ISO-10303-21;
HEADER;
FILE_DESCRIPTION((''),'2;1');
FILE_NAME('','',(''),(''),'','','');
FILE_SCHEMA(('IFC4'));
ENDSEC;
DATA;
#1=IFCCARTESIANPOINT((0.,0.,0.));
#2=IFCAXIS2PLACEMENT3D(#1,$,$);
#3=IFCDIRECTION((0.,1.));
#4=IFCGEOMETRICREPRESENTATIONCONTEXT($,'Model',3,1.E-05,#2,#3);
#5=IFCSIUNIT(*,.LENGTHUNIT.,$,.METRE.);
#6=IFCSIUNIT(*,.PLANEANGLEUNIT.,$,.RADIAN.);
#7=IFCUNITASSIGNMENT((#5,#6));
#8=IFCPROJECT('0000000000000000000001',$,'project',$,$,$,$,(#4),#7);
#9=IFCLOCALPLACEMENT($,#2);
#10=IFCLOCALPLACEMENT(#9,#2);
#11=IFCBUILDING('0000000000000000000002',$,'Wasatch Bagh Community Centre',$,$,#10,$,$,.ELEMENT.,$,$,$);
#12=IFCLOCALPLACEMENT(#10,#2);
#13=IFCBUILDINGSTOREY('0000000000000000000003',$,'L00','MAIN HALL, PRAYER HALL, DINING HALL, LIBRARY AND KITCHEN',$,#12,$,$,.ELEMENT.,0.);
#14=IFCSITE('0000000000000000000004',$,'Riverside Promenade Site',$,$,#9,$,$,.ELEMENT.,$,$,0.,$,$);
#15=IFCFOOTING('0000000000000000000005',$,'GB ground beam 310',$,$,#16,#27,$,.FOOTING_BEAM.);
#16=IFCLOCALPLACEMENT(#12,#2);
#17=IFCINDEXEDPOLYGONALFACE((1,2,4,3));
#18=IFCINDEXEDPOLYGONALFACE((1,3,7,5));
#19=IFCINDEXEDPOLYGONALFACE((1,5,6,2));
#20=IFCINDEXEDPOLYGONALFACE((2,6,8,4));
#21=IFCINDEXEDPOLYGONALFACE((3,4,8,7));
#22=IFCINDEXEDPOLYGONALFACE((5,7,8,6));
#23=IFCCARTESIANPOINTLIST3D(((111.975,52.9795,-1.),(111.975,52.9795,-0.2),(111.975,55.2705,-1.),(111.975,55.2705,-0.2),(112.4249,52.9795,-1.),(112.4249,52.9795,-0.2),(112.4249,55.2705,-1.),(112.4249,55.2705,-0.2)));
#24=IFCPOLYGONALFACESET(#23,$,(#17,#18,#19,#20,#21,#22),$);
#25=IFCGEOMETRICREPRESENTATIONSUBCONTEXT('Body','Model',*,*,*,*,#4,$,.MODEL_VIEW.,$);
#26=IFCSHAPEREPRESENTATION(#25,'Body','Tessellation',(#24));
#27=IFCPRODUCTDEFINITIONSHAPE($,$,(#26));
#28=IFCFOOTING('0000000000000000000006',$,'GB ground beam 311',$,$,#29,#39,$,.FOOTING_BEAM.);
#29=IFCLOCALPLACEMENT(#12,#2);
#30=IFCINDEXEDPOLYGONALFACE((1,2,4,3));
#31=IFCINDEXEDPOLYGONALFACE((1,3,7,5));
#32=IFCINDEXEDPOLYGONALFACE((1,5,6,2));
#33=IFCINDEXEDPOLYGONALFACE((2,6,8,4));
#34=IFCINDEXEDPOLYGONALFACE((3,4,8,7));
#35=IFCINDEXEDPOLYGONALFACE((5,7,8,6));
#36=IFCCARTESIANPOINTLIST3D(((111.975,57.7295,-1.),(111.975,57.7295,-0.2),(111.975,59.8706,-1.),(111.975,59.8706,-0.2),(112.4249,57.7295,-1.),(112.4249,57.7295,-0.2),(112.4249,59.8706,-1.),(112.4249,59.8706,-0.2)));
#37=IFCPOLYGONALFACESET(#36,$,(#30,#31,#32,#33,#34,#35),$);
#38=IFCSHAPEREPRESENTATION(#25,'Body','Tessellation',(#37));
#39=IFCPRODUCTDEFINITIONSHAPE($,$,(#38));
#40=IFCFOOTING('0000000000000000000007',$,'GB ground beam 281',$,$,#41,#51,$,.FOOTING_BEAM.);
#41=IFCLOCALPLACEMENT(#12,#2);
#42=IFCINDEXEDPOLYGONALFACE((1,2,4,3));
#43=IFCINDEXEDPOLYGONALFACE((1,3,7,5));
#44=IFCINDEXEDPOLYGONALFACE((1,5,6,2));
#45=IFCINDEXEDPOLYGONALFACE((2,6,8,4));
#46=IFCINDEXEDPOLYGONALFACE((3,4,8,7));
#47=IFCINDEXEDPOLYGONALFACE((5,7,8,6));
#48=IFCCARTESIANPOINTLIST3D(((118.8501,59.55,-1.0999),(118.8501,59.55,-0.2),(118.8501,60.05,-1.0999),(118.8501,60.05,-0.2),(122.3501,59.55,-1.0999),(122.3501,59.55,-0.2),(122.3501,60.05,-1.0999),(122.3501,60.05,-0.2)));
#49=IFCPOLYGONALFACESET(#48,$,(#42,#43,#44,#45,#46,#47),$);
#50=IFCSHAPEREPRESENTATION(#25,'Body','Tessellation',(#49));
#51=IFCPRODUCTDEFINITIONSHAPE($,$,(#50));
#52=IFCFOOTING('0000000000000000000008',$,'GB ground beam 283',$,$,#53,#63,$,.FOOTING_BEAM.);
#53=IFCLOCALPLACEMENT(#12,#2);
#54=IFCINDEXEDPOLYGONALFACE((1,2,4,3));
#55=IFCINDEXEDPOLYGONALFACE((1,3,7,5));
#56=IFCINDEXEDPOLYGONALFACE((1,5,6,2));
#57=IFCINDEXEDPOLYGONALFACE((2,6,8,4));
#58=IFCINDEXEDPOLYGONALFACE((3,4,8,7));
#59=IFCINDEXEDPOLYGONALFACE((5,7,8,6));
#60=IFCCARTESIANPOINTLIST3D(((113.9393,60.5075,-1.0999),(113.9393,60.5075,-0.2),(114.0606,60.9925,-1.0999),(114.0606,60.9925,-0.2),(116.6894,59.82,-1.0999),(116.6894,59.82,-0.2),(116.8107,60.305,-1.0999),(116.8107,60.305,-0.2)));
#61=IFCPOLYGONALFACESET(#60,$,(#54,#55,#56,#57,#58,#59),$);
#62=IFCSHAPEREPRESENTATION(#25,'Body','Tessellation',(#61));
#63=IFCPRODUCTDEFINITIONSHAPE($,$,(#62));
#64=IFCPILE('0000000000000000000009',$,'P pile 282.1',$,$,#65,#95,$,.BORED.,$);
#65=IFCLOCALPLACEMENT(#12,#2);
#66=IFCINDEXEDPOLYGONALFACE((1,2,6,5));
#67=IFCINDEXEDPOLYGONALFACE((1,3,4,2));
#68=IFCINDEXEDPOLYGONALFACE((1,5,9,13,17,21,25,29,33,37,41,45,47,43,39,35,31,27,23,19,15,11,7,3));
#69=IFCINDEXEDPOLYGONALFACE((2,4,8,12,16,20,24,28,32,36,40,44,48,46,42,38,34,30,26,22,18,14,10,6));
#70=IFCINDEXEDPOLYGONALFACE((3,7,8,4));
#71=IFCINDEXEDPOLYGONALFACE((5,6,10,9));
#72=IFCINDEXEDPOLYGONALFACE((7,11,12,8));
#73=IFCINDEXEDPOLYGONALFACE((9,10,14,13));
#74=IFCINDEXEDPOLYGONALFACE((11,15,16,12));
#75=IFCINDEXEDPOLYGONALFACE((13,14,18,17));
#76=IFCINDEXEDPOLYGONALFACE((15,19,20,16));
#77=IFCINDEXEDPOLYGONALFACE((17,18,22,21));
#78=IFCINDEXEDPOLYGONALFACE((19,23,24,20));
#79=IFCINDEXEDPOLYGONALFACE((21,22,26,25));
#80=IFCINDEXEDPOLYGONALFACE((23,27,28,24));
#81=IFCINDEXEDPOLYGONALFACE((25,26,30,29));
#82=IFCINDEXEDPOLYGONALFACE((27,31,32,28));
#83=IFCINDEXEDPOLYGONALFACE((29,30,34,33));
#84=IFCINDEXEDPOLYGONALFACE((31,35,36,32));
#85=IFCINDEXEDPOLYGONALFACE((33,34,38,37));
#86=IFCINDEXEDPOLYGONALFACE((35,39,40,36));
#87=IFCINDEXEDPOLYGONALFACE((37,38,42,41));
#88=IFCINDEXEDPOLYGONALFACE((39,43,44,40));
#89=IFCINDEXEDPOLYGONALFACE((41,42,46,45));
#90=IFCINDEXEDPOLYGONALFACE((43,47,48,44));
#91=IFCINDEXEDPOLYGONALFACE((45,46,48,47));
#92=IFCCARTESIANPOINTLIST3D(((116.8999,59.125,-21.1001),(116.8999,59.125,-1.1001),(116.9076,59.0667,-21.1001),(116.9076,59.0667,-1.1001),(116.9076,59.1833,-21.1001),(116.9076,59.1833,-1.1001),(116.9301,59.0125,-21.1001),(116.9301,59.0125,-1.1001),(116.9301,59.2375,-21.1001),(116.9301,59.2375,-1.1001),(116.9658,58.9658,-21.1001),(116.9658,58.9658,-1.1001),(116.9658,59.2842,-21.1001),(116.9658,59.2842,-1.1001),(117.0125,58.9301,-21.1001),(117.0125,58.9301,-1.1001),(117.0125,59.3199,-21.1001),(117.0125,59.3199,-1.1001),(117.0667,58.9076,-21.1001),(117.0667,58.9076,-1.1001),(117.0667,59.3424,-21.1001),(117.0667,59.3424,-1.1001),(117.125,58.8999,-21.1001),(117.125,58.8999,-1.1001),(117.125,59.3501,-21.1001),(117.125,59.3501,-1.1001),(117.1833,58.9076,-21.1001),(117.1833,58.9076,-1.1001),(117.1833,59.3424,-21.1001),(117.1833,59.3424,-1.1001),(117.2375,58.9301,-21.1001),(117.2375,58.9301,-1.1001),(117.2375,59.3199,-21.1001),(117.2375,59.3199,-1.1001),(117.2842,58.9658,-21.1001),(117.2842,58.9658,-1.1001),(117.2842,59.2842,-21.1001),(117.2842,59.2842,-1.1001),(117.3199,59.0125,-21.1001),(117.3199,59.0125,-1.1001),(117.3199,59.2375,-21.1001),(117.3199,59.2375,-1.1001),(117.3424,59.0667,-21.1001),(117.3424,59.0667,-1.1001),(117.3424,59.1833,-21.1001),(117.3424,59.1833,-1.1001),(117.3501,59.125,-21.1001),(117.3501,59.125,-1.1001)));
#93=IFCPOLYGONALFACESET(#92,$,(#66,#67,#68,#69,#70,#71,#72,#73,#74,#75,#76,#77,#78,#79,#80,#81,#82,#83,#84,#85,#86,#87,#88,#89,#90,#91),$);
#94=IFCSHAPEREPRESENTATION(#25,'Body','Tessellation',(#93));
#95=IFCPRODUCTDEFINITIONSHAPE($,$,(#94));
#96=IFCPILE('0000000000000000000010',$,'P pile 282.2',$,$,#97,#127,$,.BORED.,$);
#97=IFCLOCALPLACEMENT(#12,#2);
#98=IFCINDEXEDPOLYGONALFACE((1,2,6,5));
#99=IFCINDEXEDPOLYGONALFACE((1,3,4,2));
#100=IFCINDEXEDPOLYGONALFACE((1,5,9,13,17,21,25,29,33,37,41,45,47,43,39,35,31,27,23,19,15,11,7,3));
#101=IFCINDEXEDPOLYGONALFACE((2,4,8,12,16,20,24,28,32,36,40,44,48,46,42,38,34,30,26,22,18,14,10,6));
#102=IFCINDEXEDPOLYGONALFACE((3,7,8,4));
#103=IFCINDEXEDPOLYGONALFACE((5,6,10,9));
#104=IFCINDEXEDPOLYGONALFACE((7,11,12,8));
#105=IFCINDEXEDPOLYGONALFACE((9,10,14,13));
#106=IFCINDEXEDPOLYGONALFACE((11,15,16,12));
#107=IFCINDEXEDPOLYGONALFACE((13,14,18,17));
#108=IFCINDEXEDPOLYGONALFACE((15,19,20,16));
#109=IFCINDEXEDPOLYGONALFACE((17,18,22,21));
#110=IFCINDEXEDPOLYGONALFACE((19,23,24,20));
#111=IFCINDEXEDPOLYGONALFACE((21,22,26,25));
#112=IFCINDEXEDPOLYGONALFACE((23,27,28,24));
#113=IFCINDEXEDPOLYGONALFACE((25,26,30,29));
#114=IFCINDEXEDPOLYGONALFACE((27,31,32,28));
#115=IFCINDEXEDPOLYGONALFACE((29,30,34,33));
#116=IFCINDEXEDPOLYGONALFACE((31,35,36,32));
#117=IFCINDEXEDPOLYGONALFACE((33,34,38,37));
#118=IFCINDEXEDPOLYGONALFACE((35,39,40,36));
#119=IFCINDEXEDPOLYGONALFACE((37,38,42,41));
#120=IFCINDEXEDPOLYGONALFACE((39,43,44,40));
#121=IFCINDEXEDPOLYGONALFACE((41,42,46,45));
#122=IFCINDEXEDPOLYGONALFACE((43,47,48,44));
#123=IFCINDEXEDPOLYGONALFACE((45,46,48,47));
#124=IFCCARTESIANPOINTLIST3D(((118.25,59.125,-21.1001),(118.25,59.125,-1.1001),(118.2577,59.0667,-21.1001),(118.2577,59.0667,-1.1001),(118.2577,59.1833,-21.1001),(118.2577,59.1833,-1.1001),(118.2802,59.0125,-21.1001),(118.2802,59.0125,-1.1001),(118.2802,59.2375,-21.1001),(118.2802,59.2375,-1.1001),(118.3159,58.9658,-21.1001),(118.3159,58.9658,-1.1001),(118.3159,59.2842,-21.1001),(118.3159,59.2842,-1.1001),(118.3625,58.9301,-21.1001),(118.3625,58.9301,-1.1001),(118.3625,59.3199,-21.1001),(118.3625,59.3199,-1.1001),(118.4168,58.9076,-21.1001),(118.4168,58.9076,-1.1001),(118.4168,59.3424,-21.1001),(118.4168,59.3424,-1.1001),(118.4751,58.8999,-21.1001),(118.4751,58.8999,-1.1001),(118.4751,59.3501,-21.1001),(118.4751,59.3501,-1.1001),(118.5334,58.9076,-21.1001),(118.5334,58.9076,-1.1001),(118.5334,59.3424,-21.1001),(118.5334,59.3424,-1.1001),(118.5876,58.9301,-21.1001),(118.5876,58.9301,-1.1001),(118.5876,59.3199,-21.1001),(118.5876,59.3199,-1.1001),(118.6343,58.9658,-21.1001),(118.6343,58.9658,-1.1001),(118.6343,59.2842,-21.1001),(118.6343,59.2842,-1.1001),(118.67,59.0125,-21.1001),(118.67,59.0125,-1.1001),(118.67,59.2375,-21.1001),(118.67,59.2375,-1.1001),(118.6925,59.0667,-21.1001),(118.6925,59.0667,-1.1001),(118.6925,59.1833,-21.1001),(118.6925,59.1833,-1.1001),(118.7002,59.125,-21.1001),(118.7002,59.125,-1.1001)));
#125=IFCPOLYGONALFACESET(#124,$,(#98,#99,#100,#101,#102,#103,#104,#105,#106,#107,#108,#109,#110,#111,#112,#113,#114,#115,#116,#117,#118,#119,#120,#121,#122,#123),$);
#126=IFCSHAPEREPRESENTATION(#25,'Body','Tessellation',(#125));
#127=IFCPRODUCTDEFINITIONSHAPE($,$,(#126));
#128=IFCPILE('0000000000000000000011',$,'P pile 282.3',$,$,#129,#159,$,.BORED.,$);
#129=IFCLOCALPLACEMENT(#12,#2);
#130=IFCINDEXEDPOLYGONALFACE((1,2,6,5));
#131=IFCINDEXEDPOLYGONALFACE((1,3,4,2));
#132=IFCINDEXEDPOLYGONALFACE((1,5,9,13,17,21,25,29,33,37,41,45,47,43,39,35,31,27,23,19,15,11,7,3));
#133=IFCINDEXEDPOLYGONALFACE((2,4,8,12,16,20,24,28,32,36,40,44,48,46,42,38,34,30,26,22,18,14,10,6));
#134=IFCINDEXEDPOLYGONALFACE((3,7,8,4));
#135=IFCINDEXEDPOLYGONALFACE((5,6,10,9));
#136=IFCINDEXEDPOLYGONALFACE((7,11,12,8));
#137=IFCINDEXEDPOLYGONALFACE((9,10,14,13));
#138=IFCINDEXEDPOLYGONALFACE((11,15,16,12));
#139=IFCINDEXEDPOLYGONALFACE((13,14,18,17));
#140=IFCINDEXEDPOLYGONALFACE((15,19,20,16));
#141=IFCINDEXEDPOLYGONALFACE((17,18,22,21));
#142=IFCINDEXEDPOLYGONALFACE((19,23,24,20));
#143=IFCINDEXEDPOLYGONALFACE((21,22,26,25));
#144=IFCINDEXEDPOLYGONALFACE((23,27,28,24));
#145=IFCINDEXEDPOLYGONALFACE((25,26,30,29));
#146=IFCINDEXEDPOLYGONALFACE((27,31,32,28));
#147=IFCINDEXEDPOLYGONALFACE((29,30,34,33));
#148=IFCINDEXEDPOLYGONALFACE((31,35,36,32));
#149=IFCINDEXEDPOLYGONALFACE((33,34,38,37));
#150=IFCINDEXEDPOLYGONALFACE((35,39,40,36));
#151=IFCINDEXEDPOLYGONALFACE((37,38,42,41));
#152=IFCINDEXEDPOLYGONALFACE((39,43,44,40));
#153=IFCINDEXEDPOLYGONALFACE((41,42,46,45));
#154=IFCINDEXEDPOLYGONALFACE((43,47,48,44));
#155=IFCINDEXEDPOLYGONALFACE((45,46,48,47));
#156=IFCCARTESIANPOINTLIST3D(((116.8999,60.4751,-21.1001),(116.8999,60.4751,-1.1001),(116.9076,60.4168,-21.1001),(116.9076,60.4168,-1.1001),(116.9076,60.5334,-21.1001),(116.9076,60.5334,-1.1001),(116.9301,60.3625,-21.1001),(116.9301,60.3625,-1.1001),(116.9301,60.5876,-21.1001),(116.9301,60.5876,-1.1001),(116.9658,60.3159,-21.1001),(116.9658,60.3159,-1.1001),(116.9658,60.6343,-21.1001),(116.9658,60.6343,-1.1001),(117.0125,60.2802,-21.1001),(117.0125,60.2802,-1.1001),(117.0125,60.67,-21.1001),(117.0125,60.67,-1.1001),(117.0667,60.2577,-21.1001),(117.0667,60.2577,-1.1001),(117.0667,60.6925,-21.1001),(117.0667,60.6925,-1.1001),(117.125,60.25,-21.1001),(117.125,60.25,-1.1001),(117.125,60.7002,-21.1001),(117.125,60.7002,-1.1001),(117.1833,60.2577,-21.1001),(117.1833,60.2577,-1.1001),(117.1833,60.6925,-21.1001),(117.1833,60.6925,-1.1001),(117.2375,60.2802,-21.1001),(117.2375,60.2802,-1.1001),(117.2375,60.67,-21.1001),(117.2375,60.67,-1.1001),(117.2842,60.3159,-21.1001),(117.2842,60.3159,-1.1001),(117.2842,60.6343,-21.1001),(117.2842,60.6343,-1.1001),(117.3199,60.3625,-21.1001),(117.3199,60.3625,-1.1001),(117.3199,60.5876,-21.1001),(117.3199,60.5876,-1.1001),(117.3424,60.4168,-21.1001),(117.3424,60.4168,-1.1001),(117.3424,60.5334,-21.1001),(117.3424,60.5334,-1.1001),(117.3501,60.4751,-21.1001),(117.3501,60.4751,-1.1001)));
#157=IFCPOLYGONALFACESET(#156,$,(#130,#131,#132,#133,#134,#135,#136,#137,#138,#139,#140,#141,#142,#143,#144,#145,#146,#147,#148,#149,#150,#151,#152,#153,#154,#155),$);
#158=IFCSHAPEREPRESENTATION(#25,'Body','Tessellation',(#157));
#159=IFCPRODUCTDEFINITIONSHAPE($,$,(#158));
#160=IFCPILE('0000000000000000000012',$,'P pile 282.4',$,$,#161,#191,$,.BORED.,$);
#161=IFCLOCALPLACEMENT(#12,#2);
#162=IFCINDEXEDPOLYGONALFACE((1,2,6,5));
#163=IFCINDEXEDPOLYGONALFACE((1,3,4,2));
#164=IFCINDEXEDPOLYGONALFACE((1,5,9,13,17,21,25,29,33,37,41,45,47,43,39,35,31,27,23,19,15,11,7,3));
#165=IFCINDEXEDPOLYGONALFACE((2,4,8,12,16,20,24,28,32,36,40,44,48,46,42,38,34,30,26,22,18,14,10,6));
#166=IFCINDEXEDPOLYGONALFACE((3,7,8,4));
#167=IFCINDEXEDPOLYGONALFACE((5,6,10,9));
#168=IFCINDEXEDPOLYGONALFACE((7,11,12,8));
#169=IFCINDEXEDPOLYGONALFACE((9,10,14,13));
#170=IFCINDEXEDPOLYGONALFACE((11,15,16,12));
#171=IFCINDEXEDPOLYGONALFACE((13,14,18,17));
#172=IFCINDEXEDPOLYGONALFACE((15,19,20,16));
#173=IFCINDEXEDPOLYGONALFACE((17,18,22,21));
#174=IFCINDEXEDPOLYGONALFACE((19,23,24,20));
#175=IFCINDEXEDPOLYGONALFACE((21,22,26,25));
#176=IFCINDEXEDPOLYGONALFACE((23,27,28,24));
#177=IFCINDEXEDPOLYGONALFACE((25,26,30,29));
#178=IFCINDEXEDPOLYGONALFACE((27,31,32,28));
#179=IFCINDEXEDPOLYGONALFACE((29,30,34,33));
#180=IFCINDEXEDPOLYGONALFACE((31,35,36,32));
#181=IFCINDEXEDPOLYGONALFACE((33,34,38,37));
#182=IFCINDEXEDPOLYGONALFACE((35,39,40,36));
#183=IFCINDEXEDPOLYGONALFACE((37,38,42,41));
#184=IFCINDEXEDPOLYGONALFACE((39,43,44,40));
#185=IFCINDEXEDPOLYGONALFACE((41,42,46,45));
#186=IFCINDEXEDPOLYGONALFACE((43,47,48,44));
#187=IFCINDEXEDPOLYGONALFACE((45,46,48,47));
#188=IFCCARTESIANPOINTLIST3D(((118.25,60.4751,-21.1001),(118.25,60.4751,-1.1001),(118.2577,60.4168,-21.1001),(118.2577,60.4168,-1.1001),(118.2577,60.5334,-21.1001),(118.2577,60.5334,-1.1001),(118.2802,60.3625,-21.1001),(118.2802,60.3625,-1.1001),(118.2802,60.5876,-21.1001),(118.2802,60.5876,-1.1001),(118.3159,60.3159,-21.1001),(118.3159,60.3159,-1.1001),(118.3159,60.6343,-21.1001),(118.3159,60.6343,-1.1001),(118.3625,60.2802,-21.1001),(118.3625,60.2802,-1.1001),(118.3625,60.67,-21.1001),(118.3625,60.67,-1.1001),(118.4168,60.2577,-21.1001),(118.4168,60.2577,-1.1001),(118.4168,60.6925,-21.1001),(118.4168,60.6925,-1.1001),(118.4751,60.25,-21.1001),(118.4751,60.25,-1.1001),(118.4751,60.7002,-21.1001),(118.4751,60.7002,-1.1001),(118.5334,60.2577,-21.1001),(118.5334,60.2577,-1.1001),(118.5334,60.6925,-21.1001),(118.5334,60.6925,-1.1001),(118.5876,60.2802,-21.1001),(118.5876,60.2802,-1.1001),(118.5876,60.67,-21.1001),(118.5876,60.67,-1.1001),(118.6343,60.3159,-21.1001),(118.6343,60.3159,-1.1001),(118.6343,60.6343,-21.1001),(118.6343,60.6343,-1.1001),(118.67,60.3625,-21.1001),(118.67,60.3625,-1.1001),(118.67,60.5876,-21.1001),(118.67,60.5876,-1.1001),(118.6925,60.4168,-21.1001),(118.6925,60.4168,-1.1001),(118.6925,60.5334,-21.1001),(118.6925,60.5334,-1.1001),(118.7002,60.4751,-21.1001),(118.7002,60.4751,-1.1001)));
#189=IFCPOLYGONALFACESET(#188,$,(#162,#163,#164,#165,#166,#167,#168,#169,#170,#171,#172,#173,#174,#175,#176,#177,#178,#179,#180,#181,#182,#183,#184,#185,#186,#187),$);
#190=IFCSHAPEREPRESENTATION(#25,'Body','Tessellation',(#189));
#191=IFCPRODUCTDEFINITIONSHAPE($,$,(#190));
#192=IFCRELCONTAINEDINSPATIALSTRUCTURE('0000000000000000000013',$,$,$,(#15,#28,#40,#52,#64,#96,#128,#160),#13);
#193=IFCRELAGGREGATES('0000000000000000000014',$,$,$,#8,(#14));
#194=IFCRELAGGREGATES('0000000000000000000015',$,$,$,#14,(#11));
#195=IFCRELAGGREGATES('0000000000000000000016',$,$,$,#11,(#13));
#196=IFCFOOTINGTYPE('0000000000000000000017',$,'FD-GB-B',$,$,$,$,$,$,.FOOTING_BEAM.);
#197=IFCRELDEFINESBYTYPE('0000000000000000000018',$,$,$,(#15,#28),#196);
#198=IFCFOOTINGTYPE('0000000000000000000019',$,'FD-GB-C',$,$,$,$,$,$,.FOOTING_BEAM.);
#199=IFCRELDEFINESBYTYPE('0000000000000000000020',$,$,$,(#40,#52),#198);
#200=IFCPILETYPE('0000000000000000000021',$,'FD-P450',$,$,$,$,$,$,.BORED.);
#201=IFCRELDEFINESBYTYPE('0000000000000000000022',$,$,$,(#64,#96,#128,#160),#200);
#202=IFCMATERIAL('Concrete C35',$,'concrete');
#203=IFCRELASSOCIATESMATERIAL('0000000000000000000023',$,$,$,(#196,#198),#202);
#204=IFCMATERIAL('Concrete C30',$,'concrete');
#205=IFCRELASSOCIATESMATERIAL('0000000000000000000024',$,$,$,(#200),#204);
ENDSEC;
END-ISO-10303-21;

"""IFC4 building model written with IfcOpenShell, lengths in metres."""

from ifc_helpers import new_model, si_unit, direction, frame, origin, origin_2d, place, context, subcontext, project, spatial, rectangle, circle, extrude, material, material_profile, profile_set, type_object, element, save


model = new_model("IFC4")

# Units and contexts
model_context = context("Model", 3, precision=1e-05, world=origin(), true_north=direction((0.0, 1.0)))
body_context = subcontext(model_context, "Body", "Model", "MODEL_VIEW")
ifc_project = project(units=[si_unit("LENGTHUNIT", "METRE"), si_unit("PLANEANGLEUNIT", "RADIAN")], contexts=[model_context])

# Site, building, storey
site_placement = place(None, origin())
site = spatial("IfcSite", under=ifc_project, at=site_placement, Name="Riverside Promenade Site", CompositionType="ELEMENT", RefElevation=0.0)
building_placement = place(site_placement, origin())
building = spatial("IfcBuilding", under=site, at=building_placement, Name="Wasatch Bagh Community Centre", CompositionType="ELEMENT")
storey_placement = place(building_placement, origin())
storey = spatial("IfcBuildingStorey", under=building, at=storey_placement, Name="L00", Description="MAIN HALL, PRAYER HALL, DINING HALL, LIBRARY AND KITCHEN", CompositionType="ELEMENT", Elevation=0.0)

# Footings
ifc_material_1 = material(Name="Concrete C35", Category="concrete")
footing_type_1 = type_object("IfcFootingType", Name="FD-GB-B", PredefinedType="FOOTING_BEAM", material=ifc_material_1)
footing_1_placement = place(storey_placement, frame((112.2, 54.125, -1.0), z_axis=(0.0, 0.0, 1.0), x_axis=(0.0, 1.0, 0.0)))
element("IfcFooting", 1, at=footing_1_placement, inside=storey, type_object=footing_type_1, Name="GB ground beam 310", PredefinedType="FOOTING_BEAM", context=body_context, shape_type="SweptSolid", body=[
    extrude(rectangle(XDim=2.291, YDim=0.45, at=origin_2d()), origin(), (0.0, 0.0, 1.0), 0.8),
])
footing_2_placement = place(storey_placement, frame((112.2, 58.8, -1.0), z_axis=(0.0, 0.0, 1.0), x_axis=(0.0, 1.0, 0.0)))
element("IfcFooting", 2, at=footing_2_placement, inside=storey, type_object=footing_type_1, Name="GB ground beam 311", PredefinedType="FOOTING_BEAM", context=body_context, shape_type="SweptSolid", body=[
    extrude(rectangle(XDim=2.1411, YDim=0.45, at=origin_2d()), origin(), (0.0, 0.0, 1.0), 0.8),
])
footing_type_2 = type_object("IfcFootingType", Name="FD-GB-C", PredefinedType="FOOTING_BEAM", material=ifc_material_1)
footing_3_placement = place(storey_placement, frame((120.6001, 59.8, -1.0999), z_axis=(0.0, 0.0, 1.0), x_axis=(1.0, 0.0, 0.0)))
element("IfcFooting", 3, at=footing_3_placement, inside=storey, type_object=footing_type_2, Name="GB ground beam 281", PredefinedType="FOOTING_BEAM", context=body_context, shape_type="SweptSolid", body=[
    extrude(rectangle(XDim=3.5, YDim=0.5, at=origin_2d()), origin(), (0.0, 0.0, 1.0), 0.8999),
])
footing_4_placement = place(storey_placement, frame((115.375, 60.4062, -1.0999), z_axis=(0.0, 0.0, 1.0), x_axis=(-0.970143, 0.242536, 0.0)))
element("IfcFooting", 4, at=footing_4_placement, inside=storey, type_object=footing_type_2, Name="GB ground beam 283", PredefinedType="FOOTING_BEAM", context=body_context, shape_type="SweptSolid", body=[
    extrude(rectangle(XDim=2.8347, YDim=0.5, at=origin_2d()), origin(), (0.0, 0.0, 1.0), 0.8999),
])

# Piles
ifc_material_2 = material(Name="Concrete C30", Category="concrete")
ifc_material_profile_1 = material_profile(ifc_material_2, circle(Radius=0.2251, at=origin_2d()), Name="RC D450")
ifc_profile_set_1 = profile_set([ifc_material_profile_1], Name="Concrete C30")
pile_type_1 = type_object("IfcPileType", Name="FD-P450", PredefinedType="BORED", material=ifc_profile_set_1)
for number, where, z_axis, x_axis, name in (
    (5, (117.125, 59.125, -1.1001), (0.0, 0.0, -1.0), (1.0, 0.0, 0.0), "P pile 282.1"),
    (6, (118.4751, 59.125, -1.1001), (0.0, 0.0, -1.0), (1.0, 0.0, 0.0), "P pile 282.2"),
    (7, (117.125, 60.4751, -1.1001), (0.0, 0.0, -1.0), (1.0, 0.0, 0.0), "P pile 282.3"),
    (8, (118.4751, 60.4751, -1.1001), (0.0, 0.0, -1.0), (1.0, 0.0, 0.0), "P pile 282.4"),
):
    element("IfcPile", number, at=place(storey_placement, frame(where, z_axis=z_axis, x_axis=x_axis)), inside=storey, type_object=pile_type_1, Name=name, PredefinedType="BORED", context=body_context, shape_type="SweptSolid", body=[
        extrude(circle(Radius=0.2251, at=origin_2d()), origin(), (0.0, 0.0, 1.0), 20.0),
    ])

save(model, "model.ifc")
